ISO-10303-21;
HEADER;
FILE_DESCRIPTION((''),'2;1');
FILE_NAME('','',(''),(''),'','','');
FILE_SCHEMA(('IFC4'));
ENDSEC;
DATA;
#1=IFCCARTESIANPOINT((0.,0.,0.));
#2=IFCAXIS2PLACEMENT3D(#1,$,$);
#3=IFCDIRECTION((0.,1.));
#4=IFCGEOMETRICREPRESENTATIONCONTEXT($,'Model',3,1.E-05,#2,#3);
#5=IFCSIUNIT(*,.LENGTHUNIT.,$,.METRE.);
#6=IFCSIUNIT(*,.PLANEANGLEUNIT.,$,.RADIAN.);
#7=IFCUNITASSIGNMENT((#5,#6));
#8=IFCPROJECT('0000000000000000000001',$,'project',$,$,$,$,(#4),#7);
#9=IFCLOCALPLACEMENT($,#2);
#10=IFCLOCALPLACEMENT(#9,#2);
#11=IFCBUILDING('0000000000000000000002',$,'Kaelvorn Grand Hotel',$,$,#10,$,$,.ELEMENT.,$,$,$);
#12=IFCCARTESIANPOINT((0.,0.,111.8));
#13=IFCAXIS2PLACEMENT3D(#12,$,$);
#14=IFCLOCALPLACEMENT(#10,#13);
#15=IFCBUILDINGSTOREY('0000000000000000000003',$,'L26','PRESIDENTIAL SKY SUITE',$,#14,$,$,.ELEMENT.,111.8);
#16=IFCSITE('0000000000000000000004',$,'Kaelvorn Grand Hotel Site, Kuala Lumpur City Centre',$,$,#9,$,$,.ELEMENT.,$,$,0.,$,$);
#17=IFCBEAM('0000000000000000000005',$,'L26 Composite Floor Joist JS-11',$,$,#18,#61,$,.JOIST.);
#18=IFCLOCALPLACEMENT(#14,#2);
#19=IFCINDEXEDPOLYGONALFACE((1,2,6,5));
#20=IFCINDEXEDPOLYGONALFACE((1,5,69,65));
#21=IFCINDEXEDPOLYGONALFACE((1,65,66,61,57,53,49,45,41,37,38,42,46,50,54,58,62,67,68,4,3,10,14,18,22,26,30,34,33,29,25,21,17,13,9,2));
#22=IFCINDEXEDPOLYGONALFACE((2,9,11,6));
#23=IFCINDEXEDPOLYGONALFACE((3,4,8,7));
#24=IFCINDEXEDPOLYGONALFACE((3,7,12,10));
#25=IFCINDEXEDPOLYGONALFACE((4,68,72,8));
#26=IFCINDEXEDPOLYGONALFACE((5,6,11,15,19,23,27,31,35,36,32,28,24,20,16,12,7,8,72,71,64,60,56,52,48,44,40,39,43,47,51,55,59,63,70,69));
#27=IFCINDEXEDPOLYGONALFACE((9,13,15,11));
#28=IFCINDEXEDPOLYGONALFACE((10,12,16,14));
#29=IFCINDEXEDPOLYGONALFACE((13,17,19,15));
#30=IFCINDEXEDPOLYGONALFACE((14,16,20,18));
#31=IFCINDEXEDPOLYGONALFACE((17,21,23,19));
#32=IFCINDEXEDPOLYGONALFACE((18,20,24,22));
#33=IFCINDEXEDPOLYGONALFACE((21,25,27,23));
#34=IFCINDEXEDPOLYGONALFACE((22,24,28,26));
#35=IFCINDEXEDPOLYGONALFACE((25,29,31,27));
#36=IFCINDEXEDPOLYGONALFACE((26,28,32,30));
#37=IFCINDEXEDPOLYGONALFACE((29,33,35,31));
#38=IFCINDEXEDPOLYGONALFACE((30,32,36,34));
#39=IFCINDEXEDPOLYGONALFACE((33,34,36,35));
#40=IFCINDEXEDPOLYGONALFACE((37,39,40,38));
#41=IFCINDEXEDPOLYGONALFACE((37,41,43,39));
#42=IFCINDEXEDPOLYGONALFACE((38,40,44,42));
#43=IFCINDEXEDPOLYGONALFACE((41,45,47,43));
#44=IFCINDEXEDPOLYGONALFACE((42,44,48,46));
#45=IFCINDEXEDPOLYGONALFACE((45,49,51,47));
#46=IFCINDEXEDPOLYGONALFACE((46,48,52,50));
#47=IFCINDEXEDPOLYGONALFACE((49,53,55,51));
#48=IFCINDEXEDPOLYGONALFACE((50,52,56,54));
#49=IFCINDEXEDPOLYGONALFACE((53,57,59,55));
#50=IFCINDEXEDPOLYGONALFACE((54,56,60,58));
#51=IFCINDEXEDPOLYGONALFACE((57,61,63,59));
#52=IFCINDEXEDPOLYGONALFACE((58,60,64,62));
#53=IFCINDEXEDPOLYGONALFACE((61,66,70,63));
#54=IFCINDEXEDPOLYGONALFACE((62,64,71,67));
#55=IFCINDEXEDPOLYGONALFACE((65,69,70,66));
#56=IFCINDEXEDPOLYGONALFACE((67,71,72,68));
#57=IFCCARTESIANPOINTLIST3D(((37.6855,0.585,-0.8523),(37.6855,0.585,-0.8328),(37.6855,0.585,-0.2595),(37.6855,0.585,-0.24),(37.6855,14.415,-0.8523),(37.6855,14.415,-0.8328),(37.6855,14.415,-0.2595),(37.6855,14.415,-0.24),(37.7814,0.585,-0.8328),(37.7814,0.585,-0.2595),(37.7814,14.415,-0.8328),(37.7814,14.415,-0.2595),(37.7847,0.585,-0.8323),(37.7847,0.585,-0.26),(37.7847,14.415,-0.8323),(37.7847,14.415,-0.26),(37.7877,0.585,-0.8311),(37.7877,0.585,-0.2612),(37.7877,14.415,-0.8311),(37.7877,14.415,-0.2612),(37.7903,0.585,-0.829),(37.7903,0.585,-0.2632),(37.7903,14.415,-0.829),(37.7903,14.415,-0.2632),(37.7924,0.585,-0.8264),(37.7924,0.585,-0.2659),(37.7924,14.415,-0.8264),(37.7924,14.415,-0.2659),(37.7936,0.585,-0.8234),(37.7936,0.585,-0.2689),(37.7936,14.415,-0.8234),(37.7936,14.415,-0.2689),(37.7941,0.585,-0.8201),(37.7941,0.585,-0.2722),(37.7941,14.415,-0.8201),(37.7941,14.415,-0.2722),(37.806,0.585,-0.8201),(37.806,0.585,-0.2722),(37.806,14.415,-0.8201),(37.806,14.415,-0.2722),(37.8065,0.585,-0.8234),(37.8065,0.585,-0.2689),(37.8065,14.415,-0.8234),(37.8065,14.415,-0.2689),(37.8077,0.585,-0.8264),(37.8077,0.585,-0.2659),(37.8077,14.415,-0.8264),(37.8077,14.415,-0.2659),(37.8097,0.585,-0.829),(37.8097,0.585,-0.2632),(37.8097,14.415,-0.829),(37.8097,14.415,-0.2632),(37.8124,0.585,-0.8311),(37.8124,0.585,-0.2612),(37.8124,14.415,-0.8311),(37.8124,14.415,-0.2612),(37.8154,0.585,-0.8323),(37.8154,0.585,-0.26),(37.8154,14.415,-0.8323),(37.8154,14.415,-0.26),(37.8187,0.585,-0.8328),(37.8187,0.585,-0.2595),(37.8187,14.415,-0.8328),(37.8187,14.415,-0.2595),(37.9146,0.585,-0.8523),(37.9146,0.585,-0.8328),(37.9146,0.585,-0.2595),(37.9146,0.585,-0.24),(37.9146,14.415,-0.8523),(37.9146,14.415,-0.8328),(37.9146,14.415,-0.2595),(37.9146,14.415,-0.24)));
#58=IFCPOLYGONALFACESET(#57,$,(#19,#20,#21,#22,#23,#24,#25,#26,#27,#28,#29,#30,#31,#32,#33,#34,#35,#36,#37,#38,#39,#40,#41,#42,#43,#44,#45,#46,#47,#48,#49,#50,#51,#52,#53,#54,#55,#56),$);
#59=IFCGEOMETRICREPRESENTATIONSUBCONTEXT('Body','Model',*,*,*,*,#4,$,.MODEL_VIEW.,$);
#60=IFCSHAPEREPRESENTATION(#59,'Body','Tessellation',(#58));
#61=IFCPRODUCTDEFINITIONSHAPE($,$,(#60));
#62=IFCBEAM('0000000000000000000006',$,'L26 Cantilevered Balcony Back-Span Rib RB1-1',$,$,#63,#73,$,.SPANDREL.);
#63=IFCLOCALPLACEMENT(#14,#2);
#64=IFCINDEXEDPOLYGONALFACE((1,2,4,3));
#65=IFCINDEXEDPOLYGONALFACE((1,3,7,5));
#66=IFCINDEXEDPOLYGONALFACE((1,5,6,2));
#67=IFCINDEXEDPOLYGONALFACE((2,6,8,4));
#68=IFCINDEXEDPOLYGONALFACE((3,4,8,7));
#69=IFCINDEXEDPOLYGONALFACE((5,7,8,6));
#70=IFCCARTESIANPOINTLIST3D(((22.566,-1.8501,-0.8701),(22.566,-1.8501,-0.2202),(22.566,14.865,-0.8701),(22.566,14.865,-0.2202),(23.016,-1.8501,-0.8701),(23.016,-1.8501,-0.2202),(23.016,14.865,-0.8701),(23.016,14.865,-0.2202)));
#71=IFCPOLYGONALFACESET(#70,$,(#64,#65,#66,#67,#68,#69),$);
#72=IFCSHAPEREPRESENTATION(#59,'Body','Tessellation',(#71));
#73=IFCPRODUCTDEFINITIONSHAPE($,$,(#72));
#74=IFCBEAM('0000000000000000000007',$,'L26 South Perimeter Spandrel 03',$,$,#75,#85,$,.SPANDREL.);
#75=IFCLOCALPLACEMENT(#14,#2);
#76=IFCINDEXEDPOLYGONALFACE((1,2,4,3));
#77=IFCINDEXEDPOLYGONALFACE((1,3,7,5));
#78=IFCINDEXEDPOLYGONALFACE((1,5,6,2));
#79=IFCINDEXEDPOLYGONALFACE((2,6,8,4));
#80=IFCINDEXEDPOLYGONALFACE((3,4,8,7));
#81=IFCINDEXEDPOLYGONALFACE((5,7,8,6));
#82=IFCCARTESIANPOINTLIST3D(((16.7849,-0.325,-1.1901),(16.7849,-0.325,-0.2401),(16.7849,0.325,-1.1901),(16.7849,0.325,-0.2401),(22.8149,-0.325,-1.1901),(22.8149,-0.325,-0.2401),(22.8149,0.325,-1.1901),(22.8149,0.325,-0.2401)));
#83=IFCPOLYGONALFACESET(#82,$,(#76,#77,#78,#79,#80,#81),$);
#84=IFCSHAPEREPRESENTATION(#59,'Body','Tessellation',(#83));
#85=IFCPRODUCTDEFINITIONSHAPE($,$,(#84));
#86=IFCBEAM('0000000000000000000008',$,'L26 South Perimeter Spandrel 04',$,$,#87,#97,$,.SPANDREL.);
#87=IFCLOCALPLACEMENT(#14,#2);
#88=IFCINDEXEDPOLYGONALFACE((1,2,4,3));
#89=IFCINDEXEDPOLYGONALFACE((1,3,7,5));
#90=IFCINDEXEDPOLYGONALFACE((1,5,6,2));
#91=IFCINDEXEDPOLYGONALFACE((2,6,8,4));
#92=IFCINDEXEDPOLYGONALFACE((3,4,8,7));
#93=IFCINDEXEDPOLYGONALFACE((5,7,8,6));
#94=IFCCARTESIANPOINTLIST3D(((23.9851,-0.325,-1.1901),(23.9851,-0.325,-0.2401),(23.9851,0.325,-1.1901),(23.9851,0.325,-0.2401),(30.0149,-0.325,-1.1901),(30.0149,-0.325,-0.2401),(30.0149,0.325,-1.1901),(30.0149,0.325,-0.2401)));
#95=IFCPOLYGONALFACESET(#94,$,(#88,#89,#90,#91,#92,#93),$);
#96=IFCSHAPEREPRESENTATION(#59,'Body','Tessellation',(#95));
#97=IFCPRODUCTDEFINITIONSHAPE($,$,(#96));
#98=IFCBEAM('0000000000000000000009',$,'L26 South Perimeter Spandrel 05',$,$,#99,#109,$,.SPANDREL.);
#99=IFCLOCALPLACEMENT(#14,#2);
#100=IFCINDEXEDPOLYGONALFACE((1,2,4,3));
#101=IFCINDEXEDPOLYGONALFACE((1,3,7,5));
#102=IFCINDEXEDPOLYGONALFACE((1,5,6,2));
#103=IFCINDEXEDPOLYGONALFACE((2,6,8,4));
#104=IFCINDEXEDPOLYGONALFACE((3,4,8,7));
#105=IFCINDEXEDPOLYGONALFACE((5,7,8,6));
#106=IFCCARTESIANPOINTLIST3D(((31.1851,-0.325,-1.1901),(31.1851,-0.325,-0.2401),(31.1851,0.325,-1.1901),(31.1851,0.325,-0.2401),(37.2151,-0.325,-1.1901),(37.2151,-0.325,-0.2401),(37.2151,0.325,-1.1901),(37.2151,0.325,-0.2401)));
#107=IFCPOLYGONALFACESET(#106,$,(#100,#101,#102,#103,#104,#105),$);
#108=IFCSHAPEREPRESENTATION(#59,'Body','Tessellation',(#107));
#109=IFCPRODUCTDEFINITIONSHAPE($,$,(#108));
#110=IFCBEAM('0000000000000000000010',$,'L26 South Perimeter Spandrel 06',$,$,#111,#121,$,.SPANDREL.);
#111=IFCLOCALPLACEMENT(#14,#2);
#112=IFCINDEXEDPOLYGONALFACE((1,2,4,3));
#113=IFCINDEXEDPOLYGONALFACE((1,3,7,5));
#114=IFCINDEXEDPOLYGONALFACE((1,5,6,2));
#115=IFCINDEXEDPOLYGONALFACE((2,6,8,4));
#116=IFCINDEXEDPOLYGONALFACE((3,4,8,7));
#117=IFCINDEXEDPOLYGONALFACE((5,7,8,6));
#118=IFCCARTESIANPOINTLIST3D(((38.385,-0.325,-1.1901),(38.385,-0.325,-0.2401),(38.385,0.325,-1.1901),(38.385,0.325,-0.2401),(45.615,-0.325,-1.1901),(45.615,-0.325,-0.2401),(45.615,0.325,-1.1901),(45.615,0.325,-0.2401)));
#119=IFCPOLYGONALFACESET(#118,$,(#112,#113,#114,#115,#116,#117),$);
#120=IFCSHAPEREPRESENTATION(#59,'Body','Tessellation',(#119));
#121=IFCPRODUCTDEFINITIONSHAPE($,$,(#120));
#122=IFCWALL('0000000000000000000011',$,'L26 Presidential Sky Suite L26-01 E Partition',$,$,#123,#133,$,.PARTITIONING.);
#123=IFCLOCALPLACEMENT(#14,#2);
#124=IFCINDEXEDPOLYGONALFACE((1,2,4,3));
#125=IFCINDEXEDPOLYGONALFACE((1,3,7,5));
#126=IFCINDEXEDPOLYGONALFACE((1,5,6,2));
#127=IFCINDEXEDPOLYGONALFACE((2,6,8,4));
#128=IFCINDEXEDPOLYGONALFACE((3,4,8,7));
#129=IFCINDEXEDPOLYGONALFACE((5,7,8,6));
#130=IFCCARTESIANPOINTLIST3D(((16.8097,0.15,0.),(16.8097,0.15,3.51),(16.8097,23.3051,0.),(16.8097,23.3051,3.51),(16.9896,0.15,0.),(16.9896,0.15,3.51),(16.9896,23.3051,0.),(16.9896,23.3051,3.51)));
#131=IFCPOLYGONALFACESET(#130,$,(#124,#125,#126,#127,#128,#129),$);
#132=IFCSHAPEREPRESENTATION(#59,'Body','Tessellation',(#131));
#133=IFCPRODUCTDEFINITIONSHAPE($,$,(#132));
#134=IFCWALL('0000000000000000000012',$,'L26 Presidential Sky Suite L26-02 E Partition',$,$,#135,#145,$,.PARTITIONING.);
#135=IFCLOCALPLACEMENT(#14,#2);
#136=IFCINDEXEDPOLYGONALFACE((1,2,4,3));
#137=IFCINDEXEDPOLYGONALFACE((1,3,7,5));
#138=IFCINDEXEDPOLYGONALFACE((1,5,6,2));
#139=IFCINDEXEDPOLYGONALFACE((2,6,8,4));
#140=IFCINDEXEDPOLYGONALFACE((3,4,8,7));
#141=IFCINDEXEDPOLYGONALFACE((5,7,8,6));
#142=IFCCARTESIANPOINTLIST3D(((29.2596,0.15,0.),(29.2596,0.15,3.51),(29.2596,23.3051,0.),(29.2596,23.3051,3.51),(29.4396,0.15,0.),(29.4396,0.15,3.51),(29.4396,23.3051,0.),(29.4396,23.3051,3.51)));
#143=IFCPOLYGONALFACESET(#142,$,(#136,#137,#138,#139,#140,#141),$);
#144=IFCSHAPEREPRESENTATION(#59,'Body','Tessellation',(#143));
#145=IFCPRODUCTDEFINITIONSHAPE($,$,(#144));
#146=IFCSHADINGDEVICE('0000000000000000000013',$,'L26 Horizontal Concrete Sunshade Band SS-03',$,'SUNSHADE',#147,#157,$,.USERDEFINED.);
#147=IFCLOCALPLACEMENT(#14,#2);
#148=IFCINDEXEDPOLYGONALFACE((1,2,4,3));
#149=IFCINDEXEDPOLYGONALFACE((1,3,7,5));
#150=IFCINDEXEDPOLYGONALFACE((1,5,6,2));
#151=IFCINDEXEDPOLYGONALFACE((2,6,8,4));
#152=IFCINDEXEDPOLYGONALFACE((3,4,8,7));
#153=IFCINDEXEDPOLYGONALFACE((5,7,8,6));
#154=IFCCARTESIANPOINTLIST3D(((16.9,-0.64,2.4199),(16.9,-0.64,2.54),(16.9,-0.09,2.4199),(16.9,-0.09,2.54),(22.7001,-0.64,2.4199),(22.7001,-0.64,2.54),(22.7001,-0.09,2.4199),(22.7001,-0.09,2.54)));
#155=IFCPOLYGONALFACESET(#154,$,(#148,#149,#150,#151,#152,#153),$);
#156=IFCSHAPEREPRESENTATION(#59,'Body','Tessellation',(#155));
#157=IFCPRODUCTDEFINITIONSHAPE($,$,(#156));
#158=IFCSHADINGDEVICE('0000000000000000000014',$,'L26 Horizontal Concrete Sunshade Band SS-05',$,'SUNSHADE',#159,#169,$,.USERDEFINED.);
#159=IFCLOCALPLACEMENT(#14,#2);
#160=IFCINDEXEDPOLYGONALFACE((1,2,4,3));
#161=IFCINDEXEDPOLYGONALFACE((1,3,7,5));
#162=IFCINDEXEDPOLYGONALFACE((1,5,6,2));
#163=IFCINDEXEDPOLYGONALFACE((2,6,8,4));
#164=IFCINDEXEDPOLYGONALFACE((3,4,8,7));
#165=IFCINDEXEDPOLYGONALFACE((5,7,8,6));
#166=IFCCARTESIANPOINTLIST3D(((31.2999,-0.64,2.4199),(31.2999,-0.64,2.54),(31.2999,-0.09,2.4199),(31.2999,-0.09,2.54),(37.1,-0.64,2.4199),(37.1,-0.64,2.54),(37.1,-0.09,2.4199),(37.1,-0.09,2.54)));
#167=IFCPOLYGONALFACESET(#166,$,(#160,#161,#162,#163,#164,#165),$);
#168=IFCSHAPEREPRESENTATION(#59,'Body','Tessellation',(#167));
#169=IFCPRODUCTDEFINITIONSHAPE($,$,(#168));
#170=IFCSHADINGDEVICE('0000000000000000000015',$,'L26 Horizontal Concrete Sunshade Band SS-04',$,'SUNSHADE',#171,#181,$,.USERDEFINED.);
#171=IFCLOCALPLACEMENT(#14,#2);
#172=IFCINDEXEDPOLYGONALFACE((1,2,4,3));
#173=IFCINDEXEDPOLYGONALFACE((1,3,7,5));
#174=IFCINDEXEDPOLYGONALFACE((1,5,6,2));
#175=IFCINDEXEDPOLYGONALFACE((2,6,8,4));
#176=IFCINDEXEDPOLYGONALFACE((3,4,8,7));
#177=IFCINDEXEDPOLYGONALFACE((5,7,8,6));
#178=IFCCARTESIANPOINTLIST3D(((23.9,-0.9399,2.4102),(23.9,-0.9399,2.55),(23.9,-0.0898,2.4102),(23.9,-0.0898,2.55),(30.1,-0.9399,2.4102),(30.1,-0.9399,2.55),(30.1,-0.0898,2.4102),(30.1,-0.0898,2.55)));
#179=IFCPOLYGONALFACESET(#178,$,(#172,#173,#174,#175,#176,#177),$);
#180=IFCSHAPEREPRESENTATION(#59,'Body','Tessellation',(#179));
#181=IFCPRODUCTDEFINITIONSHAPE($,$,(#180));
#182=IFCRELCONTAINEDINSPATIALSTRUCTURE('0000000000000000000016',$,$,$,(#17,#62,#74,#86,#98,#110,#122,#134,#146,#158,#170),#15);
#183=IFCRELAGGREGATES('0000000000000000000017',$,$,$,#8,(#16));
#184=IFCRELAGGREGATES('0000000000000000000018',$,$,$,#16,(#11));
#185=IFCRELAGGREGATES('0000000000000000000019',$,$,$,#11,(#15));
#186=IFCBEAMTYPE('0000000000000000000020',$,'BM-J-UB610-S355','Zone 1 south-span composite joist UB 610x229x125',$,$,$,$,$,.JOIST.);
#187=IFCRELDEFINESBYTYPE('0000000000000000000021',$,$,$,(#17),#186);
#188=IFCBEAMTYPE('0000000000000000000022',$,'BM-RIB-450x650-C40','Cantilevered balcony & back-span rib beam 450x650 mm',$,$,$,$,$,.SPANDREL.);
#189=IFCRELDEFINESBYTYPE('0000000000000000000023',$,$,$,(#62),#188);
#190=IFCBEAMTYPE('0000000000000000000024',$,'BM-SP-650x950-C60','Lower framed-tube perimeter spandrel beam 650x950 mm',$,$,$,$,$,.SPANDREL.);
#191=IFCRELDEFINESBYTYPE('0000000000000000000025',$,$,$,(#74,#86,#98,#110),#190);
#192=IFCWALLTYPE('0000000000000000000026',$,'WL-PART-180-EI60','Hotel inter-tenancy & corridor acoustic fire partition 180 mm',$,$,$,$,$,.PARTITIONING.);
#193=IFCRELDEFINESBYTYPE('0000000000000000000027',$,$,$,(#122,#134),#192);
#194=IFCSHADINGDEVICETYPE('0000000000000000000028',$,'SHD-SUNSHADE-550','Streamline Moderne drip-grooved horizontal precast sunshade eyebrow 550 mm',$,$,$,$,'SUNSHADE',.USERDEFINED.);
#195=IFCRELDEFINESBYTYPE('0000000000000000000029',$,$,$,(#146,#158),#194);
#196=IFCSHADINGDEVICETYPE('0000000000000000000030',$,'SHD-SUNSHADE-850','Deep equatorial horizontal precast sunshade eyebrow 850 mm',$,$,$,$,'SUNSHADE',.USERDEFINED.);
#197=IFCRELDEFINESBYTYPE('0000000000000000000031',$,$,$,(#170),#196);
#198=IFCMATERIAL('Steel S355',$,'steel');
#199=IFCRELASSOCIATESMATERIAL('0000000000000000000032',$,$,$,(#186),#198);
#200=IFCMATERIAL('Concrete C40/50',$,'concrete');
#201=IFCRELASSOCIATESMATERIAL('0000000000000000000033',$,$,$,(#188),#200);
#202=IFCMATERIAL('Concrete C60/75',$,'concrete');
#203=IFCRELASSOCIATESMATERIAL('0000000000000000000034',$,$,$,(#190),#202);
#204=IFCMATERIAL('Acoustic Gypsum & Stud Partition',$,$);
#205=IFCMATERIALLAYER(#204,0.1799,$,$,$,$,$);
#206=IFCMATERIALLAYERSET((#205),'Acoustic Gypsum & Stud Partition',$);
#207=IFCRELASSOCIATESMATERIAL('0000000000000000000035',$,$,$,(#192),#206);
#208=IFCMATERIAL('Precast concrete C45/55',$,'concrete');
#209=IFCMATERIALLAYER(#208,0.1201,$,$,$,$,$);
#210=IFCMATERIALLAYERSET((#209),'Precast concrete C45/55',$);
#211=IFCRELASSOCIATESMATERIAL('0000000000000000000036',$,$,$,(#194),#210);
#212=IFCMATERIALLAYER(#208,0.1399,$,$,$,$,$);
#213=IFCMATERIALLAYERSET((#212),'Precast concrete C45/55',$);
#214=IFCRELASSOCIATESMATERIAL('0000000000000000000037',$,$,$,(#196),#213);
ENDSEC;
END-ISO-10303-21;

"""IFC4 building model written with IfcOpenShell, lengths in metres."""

from ifc_helpers import new_model, si_unit, direction, frame, frame_2d, origin, origin_2d, place, context, subcontext, project, spatial, rectangle, i_section, extrude, material, layer, layer_set, material_profile, profile_set, type_object, element, save


model = new_model("IFC4")

# Units and contexts
model_context = context("Model", 3, precision=1e-05, world=origin(), true_north=direction((0.0, 1.0)))
body_context = subcontext(model_context, "Body", "Model", "MODEL_VIEW")
ifc_project = project(units=[si_unit("LENGTHUNIT", "METRE"), si_unit("PLANEANGLEUNIT", "RADIAN")], contexts=[model_context])

# Site, building, storey
site_placement = place(None, origin())
site = spatial("IfcSite", under=ifc_project, at=site_placement, Name="Kaelvorn Grand Hotel Site, Kuala Lumpur City Centre", CompositionType="ELEMENT", RefElevation=0.0)
building_placement = place(site_placement, origin())
building = spatial("IfcBuilding", under=site, at=building_placement, Name="Kaelvorn Grand Hotel", CompositionType="ELEMENT")
storey_placement = place(building_placement, frame((0.0, 0.0, 111.8)))
storey = spatial("IfcBuildingStorey", under=building, at=storey_placement, Name="L26", Description="PRESIDENTIAL SKY SUITE", CompositionType="ELEMENT", Elevation=111.8)

# Shared definitions
ifc_material_1 = material(Name="Concrete C60/75", Category="concrete")

# Beams
ifc_material_2 = material(Name="Steel S355", Category="steel")
ifc_material_profile_1 = material_profile(ifc_material_2, i_section(OverallWidth=0.229, OverallDepth=0.6123, WebThickness=0.012, FlangeThickness=0.0195, FilletRadius=0.0127, at=origin_2d()), Name="UB 610x229x125")
ifc_profile_set_1 = profile_set([ifc_material_profile_1], Name="Steel S355")
beam_type_1 = type_object("IfcBeamType", Name="BM-J-UB610-S355", Description="Zone 1 south-span composite joist UB 610x229x125", PredefinedType="JOIST", material=ifc_profile_set_1)
beam_1_placement = place(storey_placement, frame((37.8, 0.585, -0.5461), z_axis=(0.0, 1.0, 0.0), x_axis=(-1.0, 0.0, 0.0)))
element("IfcBeam", 1, at=beam_1_placement, inside=storey, type_object=beam_type_1, Name="L26 Composite Floor Joist JS-11", PredefinedType="JOIST", context=body_context, shape_type="SweptSolid", body=[
    extrude(i_section(OverallWidth=0.229, OverallDepth=0.6123, WebThickness=0.012, FlangeThickness=0.0195, FilletRadius=0.0127, at=origin_2d()), origin(), (0.0, 0.0, 1.0), 13.8301),
])
ifc_material_3 = material(Name="Concrete C40/50", Category="concrete")
ifc_material_profile_2 = material_profile(ifc_material_3, rectangle(XDim=0.45, YDim=0.6499, at=origin_2d()), Name="RC RIB 450x650")
ifc_profile_set_2 = profile_set([ifc_material_profile_2], Name="Concrete C40/50")
beam_type_2 = type_object("IfcBeamType", Name="BM-RIB-450x650-C40", Description="Cantilevered balcony & back-span rib beam 450x650 mm", PredefinedType="SPANDREL", material=ifc_profile_set_2)
beam_2_placement = place(storey_placement, frame((22.791, -1.8501, -0.5452), z_axis=(0.0, 1.0, 0.0), x_axis=(-1.0, 0.0, 0.0)))
element("IfcBeam", 2, at=beam_2_placement, inside=storey, type_object=beam_type_2, Name="L26 Cantilevered Balcony Back-Span Rib RB1-1", PredefinedType="SPANDREL", context=body_context, shape_type="SweptSolid", body=[
    extrude(rectangle(XDim=0.45, YDim=0.6499, at=origin_2d()), origin(), (0.0, 0.0, 1.0), 16.7151),
])
ifc_material_profile_3 = material_profile(ifc_material_1, rectangle(XDim=0.6499, YDim=0.95, at=origin_2d()), Name="RC SPANDREL 650x950")
ifc_profile_set_3 = profile_set([ifc_material_profile_3], Name="Concrete C60/75")
beam_type_3 = type_object("IfcBeamType", Name="BM-SP-650x950-C60", Description="Lower framed-tube perimeter spandrel beam 650x950 mm", PredefinedType="SPANDREL", material=ifc_profile_set_3)
beam_3_placement = place(storey_placement, frame((16.7849, 0.0, -0.7151), z_axis=(1.0, 0.0, 0.0), x_axis=(0.0, 1.0, 0.0)))
element("IfcBeam", 3, at=beam_3_placement, inside=storey, type_object=beam_type_3, Name="L26 South Perimeter Spandrel 03", PredefinedType="SPANDREL", context=body_context, shape_type="SweptSolid", body=[
    extrude(rectangle(XDim=0.6499, YDim=0.95, at=origin_2d()), origin(), (0.0, 0.0, 1.0), 6.03),
])
beam_4_placement = place(storey_placement, frame((23.9851, 0.0, -0.7151), z_axis=(1.0, 0.0, 0.0), x_axis=(0.0, 1.0, 0.0)))
element("IfcBeam", 4, at=beam_4_placement, inside=storey, type_object=beam_type_3, Name="L26 South Perimeter Spandrel 04", PredefinedType="SPANDREL", context=body_context, shape_type="SweptSolid", body=[
    extrude(rectangle(XDim=0.6499, YDim=0.95, at=origin_2d()), origin(), (0.0, 0.0, 1.0), 6.0298),
])
beam_5_placement = place(storey_placement, frame((31.1851, 0.0, -0.7151), z_axis=(1.0, 0.0, 0.0), x_axis=(0.0, 1.0, 0.0)))
element("IfcBeam", 5, at=beam_5_placement, inside=storey, type_object=beam_type_3, Name="L26 South Perimeter Spandrel 05", PredefinedType="SPANDREL", context=body_context, shape_type="SweptSolid", body=[
    extrude(rectangle(XDim=0.6499, YDim=0.95, at=origin_2d()), origin(), (0.0, 0.0, 1.0), 6.03),
])
beam_6_placement = place(storey_placement, frame((38.385, 0.0, -0.7151), z_axis=(1.0, 0.0, 0.0), x_axis=(0.0, 1.0, 0.0)))
element("IfcBeam", 6, at=beam_6_placement, inside=storey, type_object=beam_type_3, Name="L26 South Perimeter Spandrel 06", PredefinedType="SPANDREL", context=body_context, shape_type="SweptSolid", body=[
    extrude(rectangle(XDim=0.6499, YDim=0.95, at=origin_2d()), origin(), (0.0, 0.0, 1.0), 7.23),
])

# Walls
ifc_material_4 = material(Name="Acoustic Gypsum & Stud Partition")
ifc_layer_1 = layer(ifc_material_4, 0.1799)
ifc_layer_set_1 = layer_set([ifc_layer_1], Name="Acoustic Gypsum & Stud Partition")
wall_type = type_object("IfcWallType", Name="WL-PART-180-EI60", Description="Hotel inter-tenancy & corridor acoustic fire partition 180 mm", PredefinedType="PARTITIONING", material=ifc_layer_set_1)
for number, where, z_axis, x_axis, name in (
    (7, (16.8997, 0.1499, 0.0), (0.0, 0.0, 1.0), (0.0, 1.0, 0.0), "L26 Presidential Sky Suite L26-01 E Partition"),
    (8, (29.3496, 0.1499, 0.0), (0.0, 0.0, 1.0), (0.0, 1.0, 0.0), "L26 Presidential Sky Suite L26-02 E Partition"),
):
    element("IfcWall", number, at=place(storey_placement, frame(where, z_axis=z_axis, x_axis=x_axis)), inside=storey, type_object=wall_type, Name=name, PredefinedType="PARTITIONING", context=body_context, shape_type="SweptSolid", body=[
        extrude(rectangle(XDim=23.155, YDim=0.1799, at=frame_2d((11.5776, 0.0))), origin(), (0.0, 0.0, 1.0), 3.51),
    ])

# Shading devices
ifc_material_5 = material(Name="Precast concrete C45/55", Category="concrete")
ifc_layer_2 = layer(ifc_material_5, 0.1201)
ifc_layer_set_2 = layer_set([ifc_layer_2], Name="Precast concrete C45/55")
shading_device_type_1 = type_object("IfcShadingDeviceType", Name="SHD-SUNSHADE-550", Description="Streamline Moderne drip-grooved horizontal precast sunshade eyebrow 550 mm", ElementType="SUNSHADE", PredefinedType="USERDEFINED", material=ifc_layer_set_2)
for number, where, z_axis, x_axis, name in (
    (9, (19.8, -0.365, 2.4199), (0.0, 0.0, 1.0), (1.0, 0.0, 0.0), "L26 Horizontal Concrete Sunshade Band SS-03"),
    (10, (34.2, -0.365, 2.4199), (0.0, 0.0, 1.0), (1.0, 0.0, 0.0), "L26 Horizontal Concrete Sunshade Band SS-05"),
):
    element("IfcShadingDevice", number, at=place(storey_placement, frame(where, z_axis=z_axis, x_axis=x_axis)), inside=storey, type_object=shading_device_type_1, Name=name, ObjectType="SUNSHADE", PredefinedType="USERDEFINED", context=body_context, shape_type="SweptSolid", body=[
        extrude(rectangle(XDim=5.8, YDim=0.55, at=origin_2d()), origin(), (0.0, 0.0, 1.0), 0.1201),
    ])
ifc_layer_3 = layer(ifc_material_5, 0.1399)
ifc_layer_set_3 = layer_set([ifc_layer_3], Name="Precast concrete C45/55")
shading_device_type_2 = type_object("IfcShadingDeviceType", Name="SHD-SUNSHADE-850", Description="Deep equatorial horizontal precast sunshade eyebrow 850 mm", ElementType="SUNSHADE", PredefinedType="USERDEFINED", material=ifc_layer_set_3)
shading_device_placement = place(storey_placement, frame((27.0, -0.5149, 2.4102), z_axis=(0.0, 0.0, 1.0), x_axis=(1.0, 0.0, 0.0)))
element("IfcShadingDevice", 11, at=shading_device_placement, inside=storey, type_object=shading_device_type_2, Name="L26 Horizontal Concrete Sunshade Band SS-04", ObjectType="SUNSHADE", PredefinedType="USERDEFINED", context=body_context, shape_type="SweptSolid", body=[
    extrude(rectangle(XDim=6.2, YDim=0.8501, at=origin_2d()), origin(), (0.0, 0.0, 1.0), 0.1399),
])

save(model, "model.ifc")
